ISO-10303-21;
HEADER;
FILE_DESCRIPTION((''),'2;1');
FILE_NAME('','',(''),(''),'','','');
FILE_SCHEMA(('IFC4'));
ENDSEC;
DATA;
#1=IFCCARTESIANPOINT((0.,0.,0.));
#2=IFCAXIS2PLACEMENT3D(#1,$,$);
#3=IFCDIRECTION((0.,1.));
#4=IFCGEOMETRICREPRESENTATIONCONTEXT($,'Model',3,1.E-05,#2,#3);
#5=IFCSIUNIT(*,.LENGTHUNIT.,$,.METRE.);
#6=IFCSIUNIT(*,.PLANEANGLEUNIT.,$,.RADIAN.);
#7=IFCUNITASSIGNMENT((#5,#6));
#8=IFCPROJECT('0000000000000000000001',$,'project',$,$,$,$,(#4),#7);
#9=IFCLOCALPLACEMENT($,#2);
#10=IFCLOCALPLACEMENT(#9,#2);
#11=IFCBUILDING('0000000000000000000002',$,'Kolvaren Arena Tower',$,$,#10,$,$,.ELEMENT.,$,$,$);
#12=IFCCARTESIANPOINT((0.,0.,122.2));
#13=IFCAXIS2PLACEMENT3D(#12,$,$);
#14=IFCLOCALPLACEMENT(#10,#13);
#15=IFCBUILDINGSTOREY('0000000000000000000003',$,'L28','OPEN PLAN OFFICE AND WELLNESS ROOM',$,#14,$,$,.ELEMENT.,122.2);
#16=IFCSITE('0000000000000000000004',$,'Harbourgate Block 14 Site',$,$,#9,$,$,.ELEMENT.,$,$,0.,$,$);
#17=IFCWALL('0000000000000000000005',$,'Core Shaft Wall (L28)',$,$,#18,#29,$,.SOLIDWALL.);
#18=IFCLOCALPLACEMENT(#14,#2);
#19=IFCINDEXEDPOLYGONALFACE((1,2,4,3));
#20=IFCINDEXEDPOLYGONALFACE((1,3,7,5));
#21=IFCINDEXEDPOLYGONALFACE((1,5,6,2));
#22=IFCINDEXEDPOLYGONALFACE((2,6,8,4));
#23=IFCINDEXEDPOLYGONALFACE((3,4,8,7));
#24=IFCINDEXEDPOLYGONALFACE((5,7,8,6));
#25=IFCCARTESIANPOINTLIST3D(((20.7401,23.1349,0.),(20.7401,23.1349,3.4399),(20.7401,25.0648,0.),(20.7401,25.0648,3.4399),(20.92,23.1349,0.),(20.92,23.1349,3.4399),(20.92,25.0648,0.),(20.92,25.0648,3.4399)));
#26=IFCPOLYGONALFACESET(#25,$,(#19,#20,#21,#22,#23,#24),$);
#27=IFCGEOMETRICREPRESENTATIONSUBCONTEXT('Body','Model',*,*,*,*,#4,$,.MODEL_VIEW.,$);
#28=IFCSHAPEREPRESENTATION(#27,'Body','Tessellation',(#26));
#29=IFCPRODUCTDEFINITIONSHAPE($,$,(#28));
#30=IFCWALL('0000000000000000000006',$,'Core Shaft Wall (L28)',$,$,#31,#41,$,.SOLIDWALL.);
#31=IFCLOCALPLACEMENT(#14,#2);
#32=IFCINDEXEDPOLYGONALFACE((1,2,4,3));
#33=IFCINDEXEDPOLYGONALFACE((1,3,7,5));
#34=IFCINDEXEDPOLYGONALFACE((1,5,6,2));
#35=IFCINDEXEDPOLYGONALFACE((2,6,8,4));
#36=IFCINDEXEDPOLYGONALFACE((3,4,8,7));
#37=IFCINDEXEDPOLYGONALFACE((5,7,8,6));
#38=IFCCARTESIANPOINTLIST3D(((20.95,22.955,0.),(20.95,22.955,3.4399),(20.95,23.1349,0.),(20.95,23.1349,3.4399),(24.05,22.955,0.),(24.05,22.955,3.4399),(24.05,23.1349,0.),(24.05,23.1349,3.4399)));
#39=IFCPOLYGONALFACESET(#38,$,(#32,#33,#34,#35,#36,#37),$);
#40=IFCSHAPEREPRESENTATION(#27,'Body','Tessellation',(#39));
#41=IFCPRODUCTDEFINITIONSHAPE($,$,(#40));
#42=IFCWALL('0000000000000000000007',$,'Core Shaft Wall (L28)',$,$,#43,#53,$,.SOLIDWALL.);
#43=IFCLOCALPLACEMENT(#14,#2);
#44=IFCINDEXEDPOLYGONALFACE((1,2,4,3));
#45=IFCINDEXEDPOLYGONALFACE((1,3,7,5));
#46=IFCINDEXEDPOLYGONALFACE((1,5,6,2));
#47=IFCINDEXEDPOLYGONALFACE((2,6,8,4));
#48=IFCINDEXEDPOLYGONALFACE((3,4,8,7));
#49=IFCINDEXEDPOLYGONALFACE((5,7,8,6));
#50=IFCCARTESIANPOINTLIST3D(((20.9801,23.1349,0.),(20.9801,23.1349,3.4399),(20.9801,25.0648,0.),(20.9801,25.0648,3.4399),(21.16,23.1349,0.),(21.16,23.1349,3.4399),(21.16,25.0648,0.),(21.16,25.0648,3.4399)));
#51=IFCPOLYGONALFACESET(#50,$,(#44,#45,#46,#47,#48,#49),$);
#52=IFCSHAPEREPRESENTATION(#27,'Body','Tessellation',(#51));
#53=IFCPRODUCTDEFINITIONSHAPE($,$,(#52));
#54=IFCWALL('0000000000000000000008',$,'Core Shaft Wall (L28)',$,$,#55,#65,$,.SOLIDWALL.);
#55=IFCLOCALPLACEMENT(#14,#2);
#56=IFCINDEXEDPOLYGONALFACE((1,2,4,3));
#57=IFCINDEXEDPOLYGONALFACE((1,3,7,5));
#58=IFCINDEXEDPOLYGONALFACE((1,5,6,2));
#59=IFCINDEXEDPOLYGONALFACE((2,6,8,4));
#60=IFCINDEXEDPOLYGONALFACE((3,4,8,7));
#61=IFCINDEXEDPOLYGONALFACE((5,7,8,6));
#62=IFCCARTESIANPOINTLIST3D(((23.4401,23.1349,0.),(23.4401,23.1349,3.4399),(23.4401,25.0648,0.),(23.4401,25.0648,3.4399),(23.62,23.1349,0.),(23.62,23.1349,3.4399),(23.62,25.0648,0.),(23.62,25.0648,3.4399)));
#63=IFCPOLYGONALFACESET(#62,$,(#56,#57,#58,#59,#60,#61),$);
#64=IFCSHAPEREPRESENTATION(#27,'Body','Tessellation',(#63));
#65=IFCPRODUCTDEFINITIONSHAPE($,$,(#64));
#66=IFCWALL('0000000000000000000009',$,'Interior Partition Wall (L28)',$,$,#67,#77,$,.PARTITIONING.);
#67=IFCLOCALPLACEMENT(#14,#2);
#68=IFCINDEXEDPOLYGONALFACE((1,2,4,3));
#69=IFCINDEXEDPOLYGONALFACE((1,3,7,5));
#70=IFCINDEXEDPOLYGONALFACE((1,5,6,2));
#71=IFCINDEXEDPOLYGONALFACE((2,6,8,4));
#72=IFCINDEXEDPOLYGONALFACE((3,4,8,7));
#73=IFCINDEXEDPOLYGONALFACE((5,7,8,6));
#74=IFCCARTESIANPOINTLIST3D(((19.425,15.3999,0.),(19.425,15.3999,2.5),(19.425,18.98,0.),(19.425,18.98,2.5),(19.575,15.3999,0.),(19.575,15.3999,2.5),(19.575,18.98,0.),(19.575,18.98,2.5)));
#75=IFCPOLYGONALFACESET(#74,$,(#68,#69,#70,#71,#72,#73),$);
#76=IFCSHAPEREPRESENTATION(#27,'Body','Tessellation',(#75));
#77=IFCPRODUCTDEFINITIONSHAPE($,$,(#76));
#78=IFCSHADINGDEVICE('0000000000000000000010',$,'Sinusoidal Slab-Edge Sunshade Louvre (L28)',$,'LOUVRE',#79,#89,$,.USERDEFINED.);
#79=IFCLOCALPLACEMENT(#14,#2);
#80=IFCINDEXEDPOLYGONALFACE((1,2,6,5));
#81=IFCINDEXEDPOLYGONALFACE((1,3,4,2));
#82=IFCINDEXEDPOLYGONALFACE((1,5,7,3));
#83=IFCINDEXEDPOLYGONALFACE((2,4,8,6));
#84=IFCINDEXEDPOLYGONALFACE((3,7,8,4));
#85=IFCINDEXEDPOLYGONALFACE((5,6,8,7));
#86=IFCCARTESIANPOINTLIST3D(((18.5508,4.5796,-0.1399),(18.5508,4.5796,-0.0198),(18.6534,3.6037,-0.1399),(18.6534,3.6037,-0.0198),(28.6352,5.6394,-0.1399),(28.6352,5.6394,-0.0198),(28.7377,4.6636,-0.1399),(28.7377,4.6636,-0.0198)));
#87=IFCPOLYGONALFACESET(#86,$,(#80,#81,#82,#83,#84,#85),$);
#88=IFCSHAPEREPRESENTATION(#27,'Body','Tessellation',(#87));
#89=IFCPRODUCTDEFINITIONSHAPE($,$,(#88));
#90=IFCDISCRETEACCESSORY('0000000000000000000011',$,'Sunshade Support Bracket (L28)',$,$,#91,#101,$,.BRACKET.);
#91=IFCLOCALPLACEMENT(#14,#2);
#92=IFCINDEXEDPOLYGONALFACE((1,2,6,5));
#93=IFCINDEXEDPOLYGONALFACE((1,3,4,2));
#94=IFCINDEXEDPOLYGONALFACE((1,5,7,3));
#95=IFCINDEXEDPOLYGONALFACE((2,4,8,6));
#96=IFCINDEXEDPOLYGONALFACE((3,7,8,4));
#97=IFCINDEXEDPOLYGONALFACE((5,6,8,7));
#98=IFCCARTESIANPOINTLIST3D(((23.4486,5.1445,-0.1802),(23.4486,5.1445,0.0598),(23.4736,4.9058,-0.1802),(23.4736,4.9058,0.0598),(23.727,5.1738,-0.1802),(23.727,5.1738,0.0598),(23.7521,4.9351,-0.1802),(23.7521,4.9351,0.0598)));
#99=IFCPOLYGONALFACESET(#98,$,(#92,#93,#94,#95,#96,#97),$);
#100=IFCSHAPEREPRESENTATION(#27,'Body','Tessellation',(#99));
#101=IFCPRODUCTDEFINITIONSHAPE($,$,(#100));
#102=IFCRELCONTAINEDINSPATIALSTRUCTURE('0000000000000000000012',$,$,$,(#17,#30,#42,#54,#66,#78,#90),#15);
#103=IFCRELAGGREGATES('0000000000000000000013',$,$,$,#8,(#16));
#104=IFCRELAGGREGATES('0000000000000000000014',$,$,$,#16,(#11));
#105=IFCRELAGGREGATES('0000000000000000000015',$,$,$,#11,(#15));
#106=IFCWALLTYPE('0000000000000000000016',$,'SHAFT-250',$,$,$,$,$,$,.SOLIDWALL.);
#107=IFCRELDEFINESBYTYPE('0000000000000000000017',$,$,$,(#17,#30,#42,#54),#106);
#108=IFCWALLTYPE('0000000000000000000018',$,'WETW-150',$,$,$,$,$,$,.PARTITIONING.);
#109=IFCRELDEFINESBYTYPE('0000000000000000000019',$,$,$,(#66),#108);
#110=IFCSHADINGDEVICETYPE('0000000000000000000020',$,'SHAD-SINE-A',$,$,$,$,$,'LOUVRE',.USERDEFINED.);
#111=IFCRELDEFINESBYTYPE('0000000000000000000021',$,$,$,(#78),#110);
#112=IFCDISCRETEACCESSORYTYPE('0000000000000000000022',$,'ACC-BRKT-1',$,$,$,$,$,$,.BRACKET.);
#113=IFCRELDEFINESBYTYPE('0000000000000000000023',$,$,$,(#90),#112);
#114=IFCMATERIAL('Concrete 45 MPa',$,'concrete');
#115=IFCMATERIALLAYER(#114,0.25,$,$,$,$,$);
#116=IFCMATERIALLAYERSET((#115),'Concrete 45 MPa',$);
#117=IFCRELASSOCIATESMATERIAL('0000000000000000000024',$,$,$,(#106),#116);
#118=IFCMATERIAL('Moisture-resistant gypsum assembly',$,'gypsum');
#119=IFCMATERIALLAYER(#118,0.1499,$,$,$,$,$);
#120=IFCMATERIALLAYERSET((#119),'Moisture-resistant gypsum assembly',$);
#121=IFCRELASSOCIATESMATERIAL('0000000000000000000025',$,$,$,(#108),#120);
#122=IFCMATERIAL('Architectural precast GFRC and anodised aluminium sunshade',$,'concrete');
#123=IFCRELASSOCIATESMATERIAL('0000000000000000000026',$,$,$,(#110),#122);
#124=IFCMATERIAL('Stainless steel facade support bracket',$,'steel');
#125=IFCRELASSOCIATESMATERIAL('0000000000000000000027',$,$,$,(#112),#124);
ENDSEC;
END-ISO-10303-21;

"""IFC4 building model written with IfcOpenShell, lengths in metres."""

from ifc_helpers import new_model, si_unit, direction, frame, frame_2d, origin, origin_2d, place, context, subcontext, project, spatial, rectangle, extrude, material, layer, layer_set, type_object, element, save


model = new_model("IFC4")

# Units and contexts
model_context = context("Model", 3, precision=1e-05, world=origin(), true_north=direction((0.0, 1.0)))
body_context = subcontext(model_context, "Body", "Model", "MODEL_VIEW")
ifc_project = project(units=[si_unit("LENGTHUNIT", "METRE"), si_unit("PLANEANGLEUNIT", "RADIAN")], contexts=[model_context])

# Site, building, storey
site_placement = place(None, origin())
site = spatial("IfcSite", under=ifc_project, at=site_placement, Name="Harbourgate Block 14 Site", CompositionType="ELEMENT", RefElevation=0.0)
building_placement = place(site_placement, origin())
building = spatial("IfcBuilding", under=site, at=building_placement, Name="Kolvaren Arena Tower", CompositionType="ELEMENT")
storey_placement = place(building_placement, frame((0.0, 0.0, 122.2)))
storey = spatial("IfcBuildingStorey", under=building, at=storey_placement, Name="L28", Description="OPEN PLAN OFFICE AND WELLNESS ROOM", CompositionType="ELEMENT", Elevation=122.2)

# Walls
ifc_material_1 = material(Name="Concrete 45 MPa", Category="concrete")
ifc_layer_1 = layer(ifc_material_1, 0.25)
ifc_layer_set_1 = layer_set([ifc_layer_1], Name="Concrete 45 MPa")
wall_type_1 = type_object("IfcWallType", Name="SHAFT-250", PredefinedType="SOLIDWALL", material=ifc_layer_set_1)
for number, where, z_axis, x_axis, name in (
    (1, (20.8301, 23.135, 0.0), (0.0, 0.0, 1.0), (0.0, 1.0, 0.0), "Core Shaft Wall (L28)"),
):
    element("IfcWall", number, at=place(storey_placement, frame(where, z_axis=z_axis, x_axis=x_axis)), inside=storey, type_object=wall_type_1, Name=name, PredefinedType="SOLIDWALL", context=body_context, shape_type="SweptSolid", body=[
        extrude(rectangle(XDim=1.9299, YDim=0.1799, at=frame_2d((0.9648, 0.0))), origin(), (0.0, 0.0, 1.0), 3.4399),
    ])
wall_1_placement = place(storey_placement, frame((20.95, 23.0449, 0.0), z_axis=(0.0, 0.0, 1.0), x_axis=(1.0, 0.0, 0.0)))
element("IfcWall", 2, at=wall_1_placement, inside=storey, type_object=wall_type_1, Name="Core Shaft Wall (L28)", PredefinedType="SOLIDWALL", context=body_context, shape_type="SweptSolid", body=[
    extrude(rectangle(XDim=3.1001, YDim=0.1799, at=frame_2d((1.55, 0.0))), origin(), (0.0, 0.0, 1.0), 3.4399),
])
for number, where, z_axis, x_axis, name in (
    (3, (21.0701, 23.135, 0.0), (0.0, 0.0, 1.0), (0.0, 1.0, 0.0), "Core Shaft Wall (L28)"),
    (4, (23.53, 23.135, 0.0), (0.0, 0.0, 1.0), (0.0, 1.0, 0.0), "Core Shaft Wall (L28)"),
):
    element("IfcWall", number, at=place(storey_placement, frame(where, z_axis=z_axis, x_axis=x_axis)), inside=storey, type_object=wall_type_1, Name=name, PredefinedType="SOLIDWALL", context=body_context, shape_type="SweptSolid", body=[
        extrude(rectangle(XDim=1.9299, YDim=0.1799, at=frame_2d((0.9648, 0.0))), origin(), (0.0, 0.0, 1.0), 3.4399),
    ])
ifc_material_2 = material(Name="Moisture-resistant gypsum assembly", Category="gypsum")
ifc_layer_2 = layer(ifc_material_2, 0.1499)
ifc_layer_set_2 = layer_set([ifc_layer_2], Name="Moisture-resistant gypsum assembly")
wall_type_2 = type_object("IfcWallType", Name="WETW-150", PredefinedType="PARTITIONING", material=ifc_layer_set_2)
wall_2_placement = place(storey_placement, frame((19.5, 15.3999, 0.0), z_axis=(0.0, 0.0, 1.0), x_axis=(0.0, 1.0, 0.0)))
element("IfcWall", 5, at=wall_2_placement, inside=storey, type_object=wall_type_2, Name="Interior Partition Wall (L28)", PredefinedType="PARTITIONING", context=body_context, shape_type="SweptSolid", body=[
    extrude(rectangle(XDim=3.5801, YDim=0.1499, at=frame_2d((1.79, 0.0))), origin(), (0.0, 0.0, 1.0), 2.5),
])

# Shading device
ifc_material_3 = material(Name="Architectural precast GFRC and anodised aluminium sunshade", Category="concrete")
shading_device_type = type_object("IfcShadingDeviceType", Name="SHAD-SINE-A", ElementType="LOUVRE", PredefinedType="USERDEFINED", material=ifc_material_3)
shading_device_placement = place(storey_placement, frame((23.6443, 4.6216, -0.1399), z_axis=(0.0, 0.0, 1.0), x_axis=(-0.994522, -0.104527, 0.0)))
element("IfcShadingDevice", 6, at=shading_device_placement, inside=storey, type_object=shading_device_type, Name="Sinusoidal Slab-Edge Sunshade Louvre (L28)", ObjectType="LOUVRE", PredefinedType="USERDEFINED", context=body_context, shape_type="SweptSolid", body=[
    extrude(rectangle(XDim=10.1399, YDim=0.9812, at=origin_2d()), origin(), (0.0, 0.0, 1.0), 0.1201),
])

# Discrete accessory
ifc_material_4 = material(Name="Stainless steel facade support bracket", Category="steel")
discrete_accessory_type = type_object("IfcDiscreteAccessoryType", Name="ACC-BRKT-1", PredefinedType="BRACKET", material=ifc_material_4)
discrete_accessory_placement = place(storey_placement, frame((23.6003, 5.0398, -0.1802), z_axis=(0.0, 0.0, 1.0), x_axis=(-0.994522, -0.104527, 0.0)))
element("IfcDiscreteAccessory", 7, at=discrete_accessory_placement, inside=storey, type_object=discrete_accessory_type, Name="Sunshade Support Bracket (L28)", PredefinedType="BRACKET", context=body_context, shape_type="SweptSolid", body=[
    extrude(rectangle(XDim=0.28, YDim=0.24, at=origin_2d()), origin(), (0.0, 0.0, 1.0), 0.24),
])

save(model, "model.ifc")
